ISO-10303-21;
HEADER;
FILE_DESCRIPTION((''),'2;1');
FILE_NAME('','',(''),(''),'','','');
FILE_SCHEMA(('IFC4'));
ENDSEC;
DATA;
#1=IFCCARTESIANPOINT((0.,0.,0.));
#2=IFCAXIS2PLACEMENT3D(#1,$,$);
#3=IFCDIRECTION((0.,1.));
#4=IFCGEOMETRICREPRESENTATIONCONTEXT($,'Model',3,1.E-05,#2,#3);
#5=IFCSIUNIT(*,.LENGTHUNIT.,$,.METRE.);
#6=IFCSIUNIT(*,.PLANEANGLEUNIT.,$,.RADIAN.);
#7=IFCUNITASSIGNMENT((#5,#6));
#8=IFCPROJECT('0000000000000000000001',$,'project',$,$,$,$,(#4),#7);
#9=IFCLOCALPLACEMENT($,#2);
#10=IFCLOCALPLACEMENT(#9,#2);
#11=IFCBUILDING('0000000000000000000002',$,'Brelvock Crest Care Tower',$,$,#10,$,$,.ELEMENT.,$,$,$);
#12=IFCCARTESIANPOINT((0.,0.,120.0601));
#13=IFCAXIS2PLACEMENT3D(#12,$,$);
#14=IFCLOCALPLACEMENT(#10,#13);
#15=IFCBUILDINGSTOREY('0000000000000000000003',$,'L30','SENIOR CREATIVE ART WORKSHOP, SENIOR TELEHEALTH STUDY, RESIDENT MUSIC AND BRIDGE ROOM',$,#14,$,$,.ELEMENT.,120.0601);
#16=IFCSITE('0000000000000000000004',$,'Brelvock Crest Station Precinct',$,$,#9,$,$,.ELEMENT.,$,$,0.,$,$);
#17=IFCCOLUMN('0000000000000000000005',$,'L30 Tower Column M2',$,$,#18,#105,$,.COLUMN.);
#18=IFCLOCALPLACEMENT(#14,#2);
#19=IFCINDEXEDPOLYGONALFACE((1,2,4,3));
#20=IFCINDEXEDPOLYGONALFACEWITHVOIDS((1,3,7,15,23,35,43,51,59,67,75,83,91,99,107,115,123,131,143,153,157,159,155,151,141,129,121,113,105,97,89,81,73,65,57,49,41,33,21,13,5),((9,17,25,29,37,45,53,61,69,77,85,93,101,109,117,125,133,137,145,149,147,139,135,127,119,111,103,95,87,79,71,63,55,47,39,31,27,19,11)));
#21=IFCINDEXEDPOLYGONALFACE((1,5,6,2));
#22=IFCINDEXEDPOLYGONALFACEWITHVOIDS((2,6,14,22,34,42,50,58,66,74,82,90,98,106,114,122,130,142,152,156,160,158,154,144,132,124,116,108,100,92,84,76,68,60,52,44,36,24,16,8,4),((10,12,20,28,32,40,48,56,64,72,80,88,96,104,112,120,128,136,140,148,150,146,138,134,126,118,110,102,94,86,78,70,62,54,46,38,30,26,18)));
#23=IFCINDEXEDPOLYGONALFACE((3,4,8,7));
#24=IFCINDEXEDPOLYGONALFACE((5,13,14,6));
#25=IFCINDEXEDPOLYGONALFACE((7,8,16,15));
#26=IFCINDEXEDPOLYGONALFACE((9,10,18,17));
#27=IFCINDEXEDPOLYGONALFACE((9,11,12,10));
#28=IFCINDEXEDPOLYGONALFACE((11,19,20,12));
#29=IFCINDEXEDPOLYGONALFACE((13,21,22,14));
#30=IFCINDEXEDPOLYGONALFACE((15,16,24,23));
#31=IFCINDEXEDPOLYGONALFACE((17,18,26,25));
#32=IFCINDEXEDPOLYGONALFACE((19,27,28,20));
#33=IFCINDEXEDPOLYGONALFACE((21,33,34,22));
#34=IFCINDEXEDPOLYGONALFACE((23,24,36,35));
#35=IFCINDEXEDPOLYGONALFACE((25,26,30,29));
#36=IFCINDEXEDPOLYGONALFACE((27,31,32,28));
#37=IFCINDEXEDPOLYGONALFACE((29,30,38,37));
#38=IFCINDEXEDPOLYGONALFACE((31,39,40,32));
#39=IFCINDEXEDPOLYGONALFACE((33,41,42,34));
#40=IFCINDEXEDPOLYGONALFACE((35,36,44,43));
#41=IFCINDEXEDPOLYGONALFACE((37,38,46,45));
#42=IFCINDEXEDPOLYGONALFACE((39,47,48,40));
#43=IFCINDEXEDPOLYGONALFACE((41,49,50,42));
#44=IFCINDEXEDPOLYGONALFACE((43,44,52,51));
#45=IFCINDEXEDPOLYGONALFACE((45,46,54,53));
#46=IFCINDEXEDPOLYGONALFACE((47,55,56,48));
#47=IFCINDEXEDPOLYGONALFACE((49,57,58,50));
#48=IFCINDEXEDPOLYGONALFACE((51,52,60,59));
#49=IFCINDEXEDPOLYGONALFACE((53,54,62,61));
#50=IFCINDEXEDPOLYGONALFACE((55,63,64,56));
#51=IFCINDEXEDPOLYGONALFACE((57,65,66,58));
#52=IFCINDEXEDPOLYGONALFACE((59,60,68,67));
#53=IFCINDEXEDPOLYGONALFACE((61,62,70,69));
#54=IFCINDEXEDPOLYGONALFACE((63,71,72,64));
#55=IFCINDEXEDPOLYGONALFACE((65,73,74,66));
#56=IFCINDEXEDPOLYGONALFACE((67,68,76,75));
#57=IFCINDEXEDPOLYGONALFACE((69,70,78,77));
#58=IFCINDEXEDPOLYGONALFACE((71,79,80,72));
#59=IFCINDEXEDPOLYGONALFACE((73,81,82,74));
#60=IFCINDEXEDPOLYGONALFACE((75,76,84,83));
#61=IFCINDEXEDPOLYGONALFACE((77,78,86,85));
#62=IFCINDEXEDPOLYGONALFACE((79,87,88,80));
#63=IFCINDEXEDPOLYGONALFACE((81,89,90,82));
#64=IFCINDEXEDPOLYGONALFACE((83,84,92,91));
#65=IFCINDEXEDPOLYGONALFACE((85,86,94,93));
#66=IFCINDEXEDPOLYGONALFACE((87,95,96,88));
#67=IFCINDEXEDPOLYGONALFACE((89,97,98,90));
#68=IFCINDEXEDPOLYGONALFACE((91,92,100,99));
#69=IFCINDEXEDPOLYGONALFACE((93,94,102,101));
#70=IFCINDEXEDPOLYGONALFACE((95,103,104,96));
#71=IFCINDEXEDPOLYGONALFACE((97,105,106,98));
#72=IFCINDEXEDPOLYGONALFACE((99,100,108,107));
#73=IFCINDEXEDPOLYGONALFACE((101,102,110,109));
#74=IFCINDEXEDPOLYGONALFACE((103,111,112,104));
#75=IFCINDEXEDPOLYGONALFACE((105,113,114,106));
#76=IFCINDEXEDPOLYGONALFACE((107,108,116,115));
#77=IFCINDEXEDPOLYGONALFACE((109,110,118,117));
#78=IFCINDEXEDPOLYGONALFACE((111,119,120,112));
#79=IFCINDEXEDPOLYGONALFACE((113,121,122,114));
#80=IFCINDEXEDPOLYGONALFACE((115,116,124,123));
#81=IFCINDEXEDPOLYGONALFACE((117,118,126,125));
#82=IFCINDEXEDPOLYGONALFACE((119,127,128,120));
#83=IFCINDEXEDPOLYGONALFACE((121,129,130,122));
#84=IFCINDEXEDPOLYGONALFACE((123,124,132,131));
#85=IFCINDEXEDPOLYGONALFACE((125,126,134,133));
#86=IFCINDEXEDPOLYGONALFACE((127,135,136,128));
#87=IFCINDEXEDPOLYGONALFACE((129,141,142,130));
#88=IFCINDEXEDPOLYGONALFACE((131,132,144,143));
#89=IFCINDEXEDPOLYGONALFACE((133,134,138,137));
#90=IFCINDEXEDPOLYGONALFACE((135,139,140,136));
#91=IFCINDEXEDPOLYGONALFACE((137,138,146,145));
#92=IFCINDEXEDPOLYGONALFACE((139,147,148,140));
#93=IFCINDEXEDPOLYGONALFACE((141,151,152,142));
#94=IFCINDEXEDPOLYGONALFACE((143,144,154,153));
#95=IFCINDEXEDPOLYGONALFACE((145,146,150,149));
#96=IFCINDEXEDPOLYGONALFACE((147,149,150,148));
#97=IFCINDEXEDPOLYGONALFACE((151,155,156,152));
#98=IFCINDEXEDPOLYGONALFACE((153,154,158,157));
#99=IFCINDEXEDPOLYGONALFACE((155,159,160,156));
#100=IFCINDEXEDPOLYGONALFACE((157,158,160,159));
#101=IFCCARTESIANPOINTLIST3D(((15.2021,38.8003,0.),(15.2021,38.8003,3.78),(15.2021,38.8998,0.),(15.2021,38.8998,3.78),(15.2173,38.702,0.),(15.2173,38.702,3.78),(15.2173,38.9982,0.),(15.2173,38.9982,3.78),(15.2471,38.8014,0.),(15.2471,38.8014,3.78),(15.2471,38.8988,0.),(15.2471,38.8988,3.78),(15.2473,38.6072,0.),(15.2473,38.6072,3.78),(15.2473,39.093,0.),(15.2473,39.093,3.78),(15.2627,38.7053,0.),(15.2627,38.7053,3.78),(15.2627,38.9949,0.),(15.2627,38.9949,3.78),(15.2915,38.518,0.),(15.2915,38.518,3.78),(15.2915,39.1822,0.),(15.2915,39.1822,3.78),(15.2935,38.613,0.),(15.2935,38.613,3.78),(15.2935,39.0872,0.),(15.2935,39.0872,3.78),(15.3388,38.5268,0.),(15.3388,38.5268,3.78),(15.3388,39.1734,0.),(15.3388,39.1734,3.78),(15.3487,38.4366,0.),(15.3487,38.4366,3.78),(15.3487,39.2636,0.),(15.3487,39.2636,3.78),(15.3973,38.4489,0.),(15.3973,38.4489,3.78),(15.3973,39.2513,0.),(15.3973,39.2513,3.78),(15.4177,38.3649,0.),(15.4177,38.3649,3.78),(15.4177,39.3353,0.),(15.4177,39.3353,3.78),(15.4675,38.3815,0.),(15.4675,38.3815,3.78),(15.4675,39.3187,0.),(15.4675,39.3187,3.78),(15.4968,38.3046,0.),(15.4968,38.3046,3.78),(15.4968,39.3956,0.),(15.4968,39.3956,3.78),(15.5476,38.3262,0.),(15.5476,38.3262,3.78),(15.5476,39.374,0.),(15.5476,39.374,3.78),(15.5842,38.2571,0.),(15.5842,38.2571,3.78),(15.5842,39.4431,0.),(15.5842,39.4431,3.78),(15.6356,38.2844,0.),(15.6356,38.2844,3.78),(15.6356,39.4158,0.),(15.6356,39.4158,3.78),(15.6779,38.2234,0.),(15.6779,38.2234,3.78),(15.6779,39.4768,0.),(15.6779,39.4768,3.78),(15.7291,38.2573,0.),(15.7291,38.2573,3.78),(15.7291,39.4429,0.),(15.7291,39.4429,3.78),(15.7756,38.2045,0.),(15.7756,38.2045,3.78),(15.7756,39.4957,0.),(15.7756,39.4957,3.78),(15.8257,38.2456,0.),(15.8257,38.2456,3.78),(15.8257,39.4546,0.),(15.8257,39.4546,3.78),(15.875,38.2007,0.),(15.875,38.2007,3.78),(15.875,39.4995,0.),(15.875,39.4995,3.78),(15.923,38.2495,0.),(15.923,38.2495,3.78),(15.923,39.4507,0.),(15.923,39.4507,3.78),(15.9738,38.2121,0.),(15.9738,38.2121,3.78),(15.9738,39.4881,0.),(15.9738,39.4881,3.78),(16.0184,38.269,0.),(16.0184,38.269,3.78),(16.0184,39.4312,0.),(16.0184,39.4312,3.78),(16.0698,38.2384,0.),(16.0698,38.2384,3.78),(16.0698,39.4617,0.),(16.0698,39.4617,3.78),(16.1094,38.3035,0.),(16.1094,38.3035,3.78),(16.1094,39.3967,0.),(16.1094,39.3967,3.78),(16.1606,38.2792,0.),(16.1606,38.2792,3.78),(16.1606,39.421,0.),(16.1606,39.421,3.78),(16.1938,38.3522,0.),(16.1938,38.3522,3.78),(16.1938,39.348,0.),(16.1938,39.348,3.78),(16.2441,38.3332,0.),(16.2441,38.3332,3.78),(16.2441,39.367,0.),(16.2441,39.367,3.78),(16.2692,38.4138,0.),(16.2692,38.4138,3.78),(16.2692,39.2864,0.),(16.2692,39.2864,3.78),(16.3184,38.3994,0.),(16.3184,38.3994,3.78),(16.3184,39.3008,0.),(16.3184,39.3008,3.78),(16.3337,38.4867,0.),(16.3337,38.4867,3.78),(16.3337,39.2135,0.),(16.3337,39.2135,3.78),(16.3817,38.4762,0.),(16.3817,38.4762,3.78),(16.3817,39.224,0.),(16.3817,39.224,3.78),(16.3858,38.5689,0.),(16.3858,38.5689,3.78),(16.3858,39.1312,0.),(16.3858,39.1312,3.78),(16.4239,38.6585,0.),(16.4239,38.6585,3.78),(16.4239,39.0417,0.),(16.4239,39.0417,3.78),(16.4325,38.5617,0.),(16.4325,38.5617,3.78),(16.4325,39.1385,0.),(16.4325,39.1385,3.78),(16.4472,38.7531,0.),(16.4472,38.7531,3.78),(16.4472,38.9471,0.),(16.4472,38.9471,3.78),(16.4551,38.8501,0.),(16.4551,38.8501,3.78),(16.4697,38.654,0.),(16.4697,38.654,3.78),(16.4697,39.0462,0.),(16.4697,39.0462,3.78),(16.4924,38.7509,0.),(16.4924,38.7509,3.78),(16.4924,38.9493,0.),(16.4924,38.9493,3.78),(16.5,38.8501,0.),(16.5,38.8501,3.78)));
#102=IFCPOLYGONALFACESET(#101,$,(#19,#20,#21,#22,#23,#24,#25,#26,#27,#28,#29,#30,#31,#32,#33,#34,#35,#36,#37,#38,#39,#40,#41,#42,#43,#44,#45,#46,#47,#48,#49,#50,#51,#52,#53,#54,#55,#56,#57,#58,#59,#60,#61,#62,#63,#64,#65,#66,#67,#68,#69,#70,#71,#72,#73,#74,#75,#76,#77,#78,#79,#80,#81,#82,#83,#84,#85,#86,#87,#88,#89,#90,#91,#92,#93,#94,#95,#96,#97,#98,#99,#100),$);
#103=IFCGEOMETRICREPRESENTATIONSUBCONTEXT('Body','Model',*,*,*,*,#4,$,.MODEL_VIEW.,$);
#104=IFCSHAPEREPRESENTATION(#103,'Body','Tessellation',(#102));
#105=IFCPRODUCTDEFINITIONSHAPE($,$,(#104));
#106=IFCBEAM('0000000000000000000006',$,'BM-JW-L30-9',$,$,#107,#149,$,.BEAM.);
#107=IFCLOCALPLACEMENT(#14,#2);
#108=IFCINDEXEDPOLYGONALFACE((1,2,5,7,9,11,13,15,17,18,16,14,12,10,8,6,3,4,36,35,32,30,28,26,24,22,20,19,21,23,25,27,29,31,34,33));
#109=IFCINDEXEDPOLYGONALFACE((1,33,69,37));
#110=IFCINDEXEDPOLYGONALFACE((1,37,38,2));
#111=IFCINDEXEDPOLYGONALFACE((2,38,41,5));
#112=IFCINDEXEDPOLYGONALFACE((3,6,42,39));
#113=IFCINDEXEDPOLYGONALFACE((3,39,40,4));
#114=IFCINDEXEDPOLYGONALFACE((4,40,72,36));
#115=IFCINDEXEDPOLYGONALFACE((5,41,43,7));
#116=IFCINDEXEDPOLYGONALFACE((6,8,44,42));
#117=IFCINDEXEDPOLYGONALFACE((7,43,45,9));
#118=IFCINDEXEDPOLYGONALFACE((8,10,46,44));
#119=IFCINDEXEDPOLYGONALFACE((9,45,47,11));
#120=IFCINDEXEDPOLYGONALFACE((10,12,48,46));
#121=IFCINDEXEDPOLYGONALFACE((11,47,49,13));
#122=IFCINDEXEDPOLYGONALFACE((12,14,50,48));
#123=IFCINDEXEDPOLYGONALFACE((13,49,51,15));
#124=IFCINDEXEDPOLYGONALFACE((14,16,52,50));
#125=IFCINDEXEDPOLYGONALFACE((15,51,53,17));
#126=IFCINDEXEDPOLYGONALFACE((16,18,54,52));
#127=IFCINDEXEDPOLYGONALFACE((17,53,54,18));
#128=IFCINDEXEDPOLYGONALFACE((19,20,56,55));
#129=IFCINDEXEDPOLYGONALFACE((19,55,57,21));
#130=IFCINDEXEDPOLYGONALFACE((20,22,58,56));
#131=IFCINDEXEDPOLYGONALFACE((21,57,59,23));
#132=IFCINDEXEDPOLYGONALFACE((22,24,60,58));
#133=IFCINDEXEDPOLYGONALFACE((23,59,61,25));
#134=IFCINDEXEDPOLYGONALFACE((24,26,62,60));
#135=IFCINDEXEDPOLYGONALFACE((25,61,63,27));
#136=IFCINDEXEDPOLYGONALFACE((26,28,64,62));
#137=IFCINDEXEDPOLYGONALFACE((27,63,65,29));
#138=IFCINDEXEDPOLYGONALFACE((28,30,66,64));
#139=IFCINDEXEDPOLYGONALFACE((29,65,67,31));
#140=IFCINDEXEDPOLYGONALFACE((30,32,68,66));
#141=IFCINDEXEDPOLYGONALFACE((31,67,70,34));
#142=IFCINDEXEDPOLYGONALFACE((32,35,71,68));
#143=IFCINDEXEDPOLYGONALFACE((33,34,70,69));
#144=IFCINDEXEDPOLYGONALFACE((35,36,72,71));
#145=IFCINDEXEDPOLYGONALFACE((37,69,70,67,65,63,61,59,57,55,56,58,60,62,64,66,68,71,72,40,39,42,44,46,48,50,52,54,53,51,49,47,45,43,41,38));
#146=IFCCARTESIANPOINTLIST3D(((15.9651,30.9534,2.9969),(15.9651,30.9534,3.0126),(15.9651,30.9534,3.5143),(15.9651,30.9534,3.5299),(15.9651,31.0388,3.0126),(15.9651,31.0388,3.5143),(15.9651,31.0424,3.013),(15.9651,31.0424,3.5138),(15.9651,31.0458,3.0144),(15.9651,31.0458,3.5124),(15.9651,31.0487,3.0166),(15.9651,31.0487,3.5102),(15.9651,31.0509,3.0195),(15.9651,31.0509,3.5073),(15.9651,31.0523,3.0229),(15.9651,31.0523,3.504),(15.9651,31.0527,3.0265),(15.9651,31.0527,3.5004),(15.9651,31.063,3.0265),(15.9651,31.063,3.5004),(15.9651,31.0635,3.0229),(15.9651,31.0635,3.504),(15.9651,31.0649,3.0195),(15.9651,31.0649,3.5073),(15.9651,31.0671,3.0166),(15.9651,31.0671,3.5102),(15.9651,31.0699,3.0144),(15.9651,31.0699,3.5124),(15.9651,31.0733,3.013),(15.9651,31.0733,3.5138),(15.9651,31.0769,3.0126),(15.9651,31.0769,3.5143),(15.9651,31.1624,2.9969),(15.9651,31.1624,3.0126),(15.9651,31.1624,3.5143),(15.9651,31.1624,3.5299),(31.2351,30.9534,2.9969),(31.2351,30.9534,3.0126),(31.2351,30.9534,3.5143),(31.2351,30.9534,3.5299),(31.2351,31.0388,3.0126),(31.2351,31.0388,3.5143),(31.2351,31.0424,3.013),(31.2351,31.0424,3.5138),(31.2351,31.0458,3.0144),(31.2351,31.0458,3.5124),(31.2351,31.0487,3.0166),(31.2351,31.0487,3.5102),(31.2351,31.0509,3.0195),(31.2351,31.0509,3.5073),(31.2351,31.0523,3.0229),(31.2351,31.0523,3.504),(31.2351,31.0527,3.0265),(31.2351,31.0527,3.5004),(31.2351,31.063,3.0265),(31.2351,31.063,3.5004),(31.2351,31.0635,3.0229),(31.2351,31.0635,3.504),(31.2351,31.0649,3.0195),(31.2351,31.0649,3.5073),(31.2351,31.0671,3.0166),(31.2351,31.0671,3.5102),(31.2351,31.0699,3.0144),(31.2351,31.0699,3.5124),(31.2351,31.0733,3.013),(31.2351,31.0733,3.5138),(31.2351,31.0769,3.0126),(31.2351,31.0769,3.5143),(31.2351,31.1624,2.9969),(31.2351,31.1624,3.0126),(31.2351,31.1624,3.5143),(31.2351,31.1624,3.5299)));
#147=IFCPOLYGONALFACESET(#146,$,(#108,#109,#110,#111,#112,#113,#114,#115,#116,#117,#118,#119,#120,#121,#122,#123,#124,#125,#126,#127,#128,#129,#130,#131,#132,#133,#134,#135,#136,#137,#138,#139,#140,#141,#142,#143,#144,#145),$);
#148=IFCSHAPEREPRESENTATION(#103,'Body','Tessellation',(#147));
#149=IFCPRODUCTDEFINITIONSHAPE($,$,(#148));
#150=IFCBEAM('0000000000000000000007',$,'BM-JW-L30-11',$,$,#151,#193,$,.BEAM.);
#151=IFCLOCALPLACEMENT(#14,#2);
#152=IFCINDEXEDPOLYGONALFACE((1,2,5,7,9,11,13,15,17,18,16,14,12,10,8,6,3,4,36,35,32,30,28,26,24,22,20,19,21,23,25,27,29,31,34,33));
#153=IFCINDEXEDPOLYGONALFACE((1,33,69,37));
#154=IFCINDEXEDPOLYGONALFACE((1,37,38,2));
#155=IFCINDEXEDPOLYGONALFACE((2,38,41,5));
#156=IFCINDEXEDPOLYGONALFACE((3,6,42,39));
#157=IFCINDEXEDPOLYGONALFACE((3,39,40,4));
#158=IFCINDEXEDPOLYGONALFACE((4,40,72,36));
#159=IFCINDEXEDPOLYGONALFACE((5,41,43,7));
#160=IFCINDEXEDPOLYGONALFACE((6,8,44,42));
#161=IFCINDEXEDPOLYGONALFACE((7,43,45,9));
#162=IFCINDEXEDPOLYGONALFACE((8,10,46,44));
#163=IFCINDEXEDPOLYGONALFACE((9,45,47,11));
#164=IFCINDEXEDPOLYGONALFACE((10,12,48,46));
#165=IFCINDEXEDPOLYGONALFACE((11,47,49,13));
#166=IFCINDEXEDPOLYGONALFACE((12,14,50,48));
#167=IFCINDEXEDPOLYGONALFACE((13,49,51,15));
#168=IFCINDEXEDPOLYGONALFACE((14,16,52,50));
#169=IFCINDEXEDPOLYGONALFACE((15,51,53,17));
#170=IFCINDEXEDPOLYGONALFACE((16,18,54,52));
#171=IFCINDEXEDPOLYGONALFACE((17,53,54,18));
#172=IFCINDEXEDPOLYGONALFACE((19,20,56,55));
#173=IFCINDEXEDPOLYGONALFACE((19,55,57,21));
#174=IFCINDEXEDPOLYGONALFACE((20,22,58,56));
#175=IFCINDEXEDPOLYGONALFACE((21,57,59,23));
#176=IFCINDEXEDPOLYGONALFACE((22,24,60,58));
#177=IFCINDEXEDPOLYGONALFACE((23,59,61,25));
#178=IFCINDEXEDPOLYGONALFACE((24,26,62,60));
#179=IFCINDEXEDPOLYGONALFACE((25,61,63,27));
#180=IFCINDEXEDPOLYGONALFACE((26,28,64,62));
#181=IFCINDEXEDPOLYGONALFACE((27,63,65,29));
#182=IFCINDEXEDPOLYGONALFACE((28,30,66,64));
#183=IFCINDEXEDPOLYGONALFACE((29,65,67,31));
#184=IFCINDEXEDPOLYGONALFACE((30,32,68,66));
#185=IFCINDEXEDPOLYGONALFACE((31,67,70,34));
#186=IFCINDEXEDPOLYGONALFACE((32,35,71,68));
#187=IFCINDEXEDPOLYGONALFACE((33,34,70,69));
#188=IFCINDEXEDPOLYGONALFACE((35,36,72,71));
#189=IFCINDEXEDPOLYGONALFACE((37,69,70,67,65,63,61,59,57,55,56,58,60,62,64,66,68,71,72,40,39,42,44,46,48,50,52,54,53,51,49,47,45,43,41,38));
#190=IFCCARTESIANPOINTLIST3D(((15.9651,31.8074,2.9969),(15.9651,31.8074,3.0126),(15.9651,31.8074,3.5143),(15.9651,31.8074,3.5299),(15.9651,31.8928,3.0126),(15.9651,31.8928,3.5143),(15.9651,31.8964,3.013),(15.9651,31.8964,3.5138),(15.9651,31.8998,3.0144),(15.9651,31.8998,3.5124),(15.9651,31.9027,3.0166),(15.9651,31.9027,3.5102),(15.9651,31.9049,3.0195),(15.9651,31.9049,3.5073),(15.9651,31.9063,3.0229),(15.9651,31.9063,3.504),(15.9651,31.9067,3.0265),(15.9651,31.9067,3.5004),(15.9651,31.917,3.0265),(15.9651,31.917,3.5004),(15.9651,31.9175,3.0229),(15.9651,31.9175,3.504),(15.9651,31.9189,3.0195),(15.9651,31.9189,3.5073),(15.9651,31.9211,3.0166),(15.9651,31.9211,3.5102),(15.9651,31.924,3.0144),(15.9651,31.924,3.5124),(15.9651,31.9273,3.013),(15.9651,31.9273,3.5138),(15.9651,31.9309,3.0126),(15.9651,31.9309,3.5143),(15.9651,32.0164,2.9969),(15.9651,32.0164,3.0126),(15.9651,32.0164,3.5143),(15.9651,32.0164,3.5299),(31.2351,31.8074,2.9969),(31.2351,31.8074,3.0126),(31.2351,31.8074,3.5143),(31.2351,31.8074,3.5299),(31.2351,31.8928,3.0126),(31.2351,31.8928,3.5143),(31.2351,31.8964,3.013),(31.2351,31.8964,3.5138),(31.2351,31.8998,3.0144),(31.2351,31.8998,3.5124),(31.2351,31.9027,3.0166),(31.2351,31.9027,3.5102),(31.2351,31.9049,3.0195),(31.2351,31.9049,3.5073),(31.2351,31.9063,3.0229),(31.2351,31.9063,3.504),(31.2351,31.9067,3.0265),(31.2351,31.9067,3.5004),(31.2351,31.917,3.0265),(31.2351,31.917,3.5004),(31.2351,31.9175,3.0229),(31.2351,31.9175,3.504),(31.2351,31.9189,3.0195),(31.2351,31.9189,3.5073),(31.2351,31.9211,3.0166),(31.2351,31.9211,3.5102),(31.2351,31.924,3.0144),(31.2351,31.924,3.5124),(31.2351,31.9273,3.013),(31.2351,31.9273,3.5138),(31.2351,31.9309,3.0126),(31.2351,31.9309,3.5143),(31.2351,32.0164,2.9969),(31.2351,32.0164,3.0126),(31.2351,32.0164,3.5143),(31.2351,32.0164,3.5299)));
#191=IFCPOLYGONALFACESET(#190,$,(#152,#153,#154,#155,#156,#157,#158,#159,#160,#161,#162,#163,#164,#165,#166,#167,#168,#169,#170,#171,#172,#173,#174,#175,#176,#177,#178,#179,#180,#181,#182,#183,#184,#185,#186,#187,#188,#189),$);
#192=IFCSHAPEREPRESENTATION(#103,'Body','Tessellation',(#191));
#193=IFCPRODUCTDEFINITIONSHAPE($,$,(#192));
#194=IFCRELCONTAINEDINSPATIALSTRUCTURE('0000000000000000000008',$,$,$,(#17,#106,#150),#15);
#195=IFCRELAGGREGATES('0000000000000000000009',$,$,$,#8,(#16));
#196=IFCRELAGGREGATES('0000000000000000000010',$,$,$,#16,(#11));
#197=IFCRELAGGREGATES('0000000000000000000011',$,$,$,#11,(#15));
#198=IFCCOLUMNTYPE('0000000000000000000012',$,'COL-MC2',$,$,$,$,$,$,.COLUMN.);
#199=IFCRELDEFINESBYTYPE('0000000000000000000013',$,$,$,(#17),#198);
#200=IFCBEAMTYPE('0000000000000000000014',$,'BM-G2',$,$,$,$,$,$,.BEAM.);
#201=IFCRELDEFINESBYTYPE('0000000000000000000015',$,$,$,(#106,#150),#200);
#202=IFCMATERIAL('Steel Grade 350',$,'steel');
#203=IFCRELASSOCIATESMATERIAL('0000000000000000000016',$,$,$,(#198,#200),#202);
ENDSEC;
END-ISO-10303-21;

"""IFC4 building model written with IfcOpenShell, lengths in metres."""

from ifc_helpers import new_model, si_unit, direction, frame, origin, origin_2d, place, context, subcontext, project, spatial, hollow_circle, i_section, extrude, source, transform, mapped, material, material_profile, profile_set, type_object, element, save


model = new_model("IFC4")

# Units and contexts
model_context = context("Model", 3, precision=1e-05, world=origin(), true_north=direction((0.0, 1.0)))
body_context = subcontext(model_context, "Body", "Model", "MODEL_VIEW")
ifc_project = project(units=[si_unit("LENGTHUNIT", "METRE"), si_unit("PLANEANGLEUNIT", "RADIAN")], contexts=[model_context])

# Site, building, storey
site_placement = place(None, origin())
site = spatial("IfcSite", under=ifc_project, at=site_placement, Name="Brelvock Crest Station Precinct", CompositionType="ELEMENT", RefElevation=0.0)
building_placement = place(site_placement, origin())
building = spatial("IfcBuilding", under=site, at=building_placement, Name="Brelvock Crest Care Tower", CompositionType="ELEMENT")
storey_placement = place(building_placement, frame((0.0, 0.0, 120.0601)))
storey = spatial("IfcBuildingStorey", under=building, at=storey_placement, Name="L30", Description="SENIOR CREATIVE ART WORKSHOP, SENIOR TELEHEALTH STUDY, RESIDENT MUSIC AND BRIDGE ROOM", CompositionType="ELEMENT", Elevation=120.0601)

# Column
ifc_material_1 = material(Name="Steel Grade 350", Category="steel")
ifc_material_profile_1 = material_profile(ifc_material_1, hollow_circle(Radius=0.6499, WallThickness=0.0449, at=origin_2d()), Name="CFT1300x45")
ifc_profile_set_1 = profile_set([ifc_material_profile_1], Name="Steel Grade 350")
column_type = type_object("IfcColumnType", Name="COL-MC2", PredefinedType="COLUMN", material=ifc_profile_set_1)
shared_shape_1 = source(origin(), body_context, "Body", "SweptSolid", [
    extrude(hollow_circle(Radius=0.6499, WallThickness=0.0449, at=origin_2d()), origin(), (0.0, 0.0, 1.0), 3.78),
])
column_placement = place(storey_placement, frame((15.8501, 38.8501, 0.0), z_axis=(0.0, 0.0, 1.0), x_axis=(1.0, 0.0, 0.0)))
element("IfcColumn", 1, at=column_placement, inside=storey, type_object=column_type, Name="L30 Tower Column M2", PredefinedType="COLUMN", context=body_context, shape_type="MappedRepresentation", body=[
    mapped(shared_shape_1, transform((0.0, 0.0, 0.0), x_axis=(1.0, 0.0, 0.0), y_axis=(0.0, 1.0, 0.0), z_axis=(0.0, 0.0, 1.0), scale=1.0)),
])

# Beams
ifc_material_profile_2 = material_profile(ifc_material_1, i_section(OverallWidth=0.209, OverallDepth=0.533, WebThickness=0.0103, FlangeThickness=0.0156, FilletRadius=0.0139, at=origin_2d()), Name="530UB92.4")
ifc_profile_set_2 = profile_set([ifc_material_profile_2], Name="Steel Grade 350")
beam_type_1 = type_object("IfcBeamType", Name="BM-G2", PredefinedType="BEAM", material=ifc_profile_set_2)
shared_shape_2 = source(origin(), body_context, "Body", "SweptSolid", [
    extrude(i_section(OverallWidth=0.209, OverallDepth=0.533, WebThickness=0.0103, FlangeThickness=0.0156, FilletRadius=0.0139, at=origin_2d()), origin(), (0.0, 0.0, 1.0), 15.27),
])
for number, where, z_axis, x_axis, name in (
    (2, (15.9651, 31.0579, 3.2634), (1.0, 0.0, 0.0), (0.0, 1.0, 0.0), "BM-JW-L30-9"),
    (3, (15.9651, 31.9119, 3.2634), (1.0, 0.0, 0.0), (0.0, 1.0, 0.0), "BM-JW-L30-11"),
):
    element("IfcBeam", number, at=place(storey_placement, frame(where, z_axis=z_axis, x_axis=x_axis)), inside=storey, type_object=beam_type_1, Name=name, PredefinedType="BEAM", context=body_context, shape_type="MappedRepresentation", body=[
        mapped(shared_shape_2, transform((0.0, 0.0, 0.0), x_axis=(1.0, 0.0, 0.0), y_axis=(0.0, 1.0, 0.0), z_axis=(0.0, 0.0, 1.0), scale=1.0)),
    ])

save(model, "model.ifc")
